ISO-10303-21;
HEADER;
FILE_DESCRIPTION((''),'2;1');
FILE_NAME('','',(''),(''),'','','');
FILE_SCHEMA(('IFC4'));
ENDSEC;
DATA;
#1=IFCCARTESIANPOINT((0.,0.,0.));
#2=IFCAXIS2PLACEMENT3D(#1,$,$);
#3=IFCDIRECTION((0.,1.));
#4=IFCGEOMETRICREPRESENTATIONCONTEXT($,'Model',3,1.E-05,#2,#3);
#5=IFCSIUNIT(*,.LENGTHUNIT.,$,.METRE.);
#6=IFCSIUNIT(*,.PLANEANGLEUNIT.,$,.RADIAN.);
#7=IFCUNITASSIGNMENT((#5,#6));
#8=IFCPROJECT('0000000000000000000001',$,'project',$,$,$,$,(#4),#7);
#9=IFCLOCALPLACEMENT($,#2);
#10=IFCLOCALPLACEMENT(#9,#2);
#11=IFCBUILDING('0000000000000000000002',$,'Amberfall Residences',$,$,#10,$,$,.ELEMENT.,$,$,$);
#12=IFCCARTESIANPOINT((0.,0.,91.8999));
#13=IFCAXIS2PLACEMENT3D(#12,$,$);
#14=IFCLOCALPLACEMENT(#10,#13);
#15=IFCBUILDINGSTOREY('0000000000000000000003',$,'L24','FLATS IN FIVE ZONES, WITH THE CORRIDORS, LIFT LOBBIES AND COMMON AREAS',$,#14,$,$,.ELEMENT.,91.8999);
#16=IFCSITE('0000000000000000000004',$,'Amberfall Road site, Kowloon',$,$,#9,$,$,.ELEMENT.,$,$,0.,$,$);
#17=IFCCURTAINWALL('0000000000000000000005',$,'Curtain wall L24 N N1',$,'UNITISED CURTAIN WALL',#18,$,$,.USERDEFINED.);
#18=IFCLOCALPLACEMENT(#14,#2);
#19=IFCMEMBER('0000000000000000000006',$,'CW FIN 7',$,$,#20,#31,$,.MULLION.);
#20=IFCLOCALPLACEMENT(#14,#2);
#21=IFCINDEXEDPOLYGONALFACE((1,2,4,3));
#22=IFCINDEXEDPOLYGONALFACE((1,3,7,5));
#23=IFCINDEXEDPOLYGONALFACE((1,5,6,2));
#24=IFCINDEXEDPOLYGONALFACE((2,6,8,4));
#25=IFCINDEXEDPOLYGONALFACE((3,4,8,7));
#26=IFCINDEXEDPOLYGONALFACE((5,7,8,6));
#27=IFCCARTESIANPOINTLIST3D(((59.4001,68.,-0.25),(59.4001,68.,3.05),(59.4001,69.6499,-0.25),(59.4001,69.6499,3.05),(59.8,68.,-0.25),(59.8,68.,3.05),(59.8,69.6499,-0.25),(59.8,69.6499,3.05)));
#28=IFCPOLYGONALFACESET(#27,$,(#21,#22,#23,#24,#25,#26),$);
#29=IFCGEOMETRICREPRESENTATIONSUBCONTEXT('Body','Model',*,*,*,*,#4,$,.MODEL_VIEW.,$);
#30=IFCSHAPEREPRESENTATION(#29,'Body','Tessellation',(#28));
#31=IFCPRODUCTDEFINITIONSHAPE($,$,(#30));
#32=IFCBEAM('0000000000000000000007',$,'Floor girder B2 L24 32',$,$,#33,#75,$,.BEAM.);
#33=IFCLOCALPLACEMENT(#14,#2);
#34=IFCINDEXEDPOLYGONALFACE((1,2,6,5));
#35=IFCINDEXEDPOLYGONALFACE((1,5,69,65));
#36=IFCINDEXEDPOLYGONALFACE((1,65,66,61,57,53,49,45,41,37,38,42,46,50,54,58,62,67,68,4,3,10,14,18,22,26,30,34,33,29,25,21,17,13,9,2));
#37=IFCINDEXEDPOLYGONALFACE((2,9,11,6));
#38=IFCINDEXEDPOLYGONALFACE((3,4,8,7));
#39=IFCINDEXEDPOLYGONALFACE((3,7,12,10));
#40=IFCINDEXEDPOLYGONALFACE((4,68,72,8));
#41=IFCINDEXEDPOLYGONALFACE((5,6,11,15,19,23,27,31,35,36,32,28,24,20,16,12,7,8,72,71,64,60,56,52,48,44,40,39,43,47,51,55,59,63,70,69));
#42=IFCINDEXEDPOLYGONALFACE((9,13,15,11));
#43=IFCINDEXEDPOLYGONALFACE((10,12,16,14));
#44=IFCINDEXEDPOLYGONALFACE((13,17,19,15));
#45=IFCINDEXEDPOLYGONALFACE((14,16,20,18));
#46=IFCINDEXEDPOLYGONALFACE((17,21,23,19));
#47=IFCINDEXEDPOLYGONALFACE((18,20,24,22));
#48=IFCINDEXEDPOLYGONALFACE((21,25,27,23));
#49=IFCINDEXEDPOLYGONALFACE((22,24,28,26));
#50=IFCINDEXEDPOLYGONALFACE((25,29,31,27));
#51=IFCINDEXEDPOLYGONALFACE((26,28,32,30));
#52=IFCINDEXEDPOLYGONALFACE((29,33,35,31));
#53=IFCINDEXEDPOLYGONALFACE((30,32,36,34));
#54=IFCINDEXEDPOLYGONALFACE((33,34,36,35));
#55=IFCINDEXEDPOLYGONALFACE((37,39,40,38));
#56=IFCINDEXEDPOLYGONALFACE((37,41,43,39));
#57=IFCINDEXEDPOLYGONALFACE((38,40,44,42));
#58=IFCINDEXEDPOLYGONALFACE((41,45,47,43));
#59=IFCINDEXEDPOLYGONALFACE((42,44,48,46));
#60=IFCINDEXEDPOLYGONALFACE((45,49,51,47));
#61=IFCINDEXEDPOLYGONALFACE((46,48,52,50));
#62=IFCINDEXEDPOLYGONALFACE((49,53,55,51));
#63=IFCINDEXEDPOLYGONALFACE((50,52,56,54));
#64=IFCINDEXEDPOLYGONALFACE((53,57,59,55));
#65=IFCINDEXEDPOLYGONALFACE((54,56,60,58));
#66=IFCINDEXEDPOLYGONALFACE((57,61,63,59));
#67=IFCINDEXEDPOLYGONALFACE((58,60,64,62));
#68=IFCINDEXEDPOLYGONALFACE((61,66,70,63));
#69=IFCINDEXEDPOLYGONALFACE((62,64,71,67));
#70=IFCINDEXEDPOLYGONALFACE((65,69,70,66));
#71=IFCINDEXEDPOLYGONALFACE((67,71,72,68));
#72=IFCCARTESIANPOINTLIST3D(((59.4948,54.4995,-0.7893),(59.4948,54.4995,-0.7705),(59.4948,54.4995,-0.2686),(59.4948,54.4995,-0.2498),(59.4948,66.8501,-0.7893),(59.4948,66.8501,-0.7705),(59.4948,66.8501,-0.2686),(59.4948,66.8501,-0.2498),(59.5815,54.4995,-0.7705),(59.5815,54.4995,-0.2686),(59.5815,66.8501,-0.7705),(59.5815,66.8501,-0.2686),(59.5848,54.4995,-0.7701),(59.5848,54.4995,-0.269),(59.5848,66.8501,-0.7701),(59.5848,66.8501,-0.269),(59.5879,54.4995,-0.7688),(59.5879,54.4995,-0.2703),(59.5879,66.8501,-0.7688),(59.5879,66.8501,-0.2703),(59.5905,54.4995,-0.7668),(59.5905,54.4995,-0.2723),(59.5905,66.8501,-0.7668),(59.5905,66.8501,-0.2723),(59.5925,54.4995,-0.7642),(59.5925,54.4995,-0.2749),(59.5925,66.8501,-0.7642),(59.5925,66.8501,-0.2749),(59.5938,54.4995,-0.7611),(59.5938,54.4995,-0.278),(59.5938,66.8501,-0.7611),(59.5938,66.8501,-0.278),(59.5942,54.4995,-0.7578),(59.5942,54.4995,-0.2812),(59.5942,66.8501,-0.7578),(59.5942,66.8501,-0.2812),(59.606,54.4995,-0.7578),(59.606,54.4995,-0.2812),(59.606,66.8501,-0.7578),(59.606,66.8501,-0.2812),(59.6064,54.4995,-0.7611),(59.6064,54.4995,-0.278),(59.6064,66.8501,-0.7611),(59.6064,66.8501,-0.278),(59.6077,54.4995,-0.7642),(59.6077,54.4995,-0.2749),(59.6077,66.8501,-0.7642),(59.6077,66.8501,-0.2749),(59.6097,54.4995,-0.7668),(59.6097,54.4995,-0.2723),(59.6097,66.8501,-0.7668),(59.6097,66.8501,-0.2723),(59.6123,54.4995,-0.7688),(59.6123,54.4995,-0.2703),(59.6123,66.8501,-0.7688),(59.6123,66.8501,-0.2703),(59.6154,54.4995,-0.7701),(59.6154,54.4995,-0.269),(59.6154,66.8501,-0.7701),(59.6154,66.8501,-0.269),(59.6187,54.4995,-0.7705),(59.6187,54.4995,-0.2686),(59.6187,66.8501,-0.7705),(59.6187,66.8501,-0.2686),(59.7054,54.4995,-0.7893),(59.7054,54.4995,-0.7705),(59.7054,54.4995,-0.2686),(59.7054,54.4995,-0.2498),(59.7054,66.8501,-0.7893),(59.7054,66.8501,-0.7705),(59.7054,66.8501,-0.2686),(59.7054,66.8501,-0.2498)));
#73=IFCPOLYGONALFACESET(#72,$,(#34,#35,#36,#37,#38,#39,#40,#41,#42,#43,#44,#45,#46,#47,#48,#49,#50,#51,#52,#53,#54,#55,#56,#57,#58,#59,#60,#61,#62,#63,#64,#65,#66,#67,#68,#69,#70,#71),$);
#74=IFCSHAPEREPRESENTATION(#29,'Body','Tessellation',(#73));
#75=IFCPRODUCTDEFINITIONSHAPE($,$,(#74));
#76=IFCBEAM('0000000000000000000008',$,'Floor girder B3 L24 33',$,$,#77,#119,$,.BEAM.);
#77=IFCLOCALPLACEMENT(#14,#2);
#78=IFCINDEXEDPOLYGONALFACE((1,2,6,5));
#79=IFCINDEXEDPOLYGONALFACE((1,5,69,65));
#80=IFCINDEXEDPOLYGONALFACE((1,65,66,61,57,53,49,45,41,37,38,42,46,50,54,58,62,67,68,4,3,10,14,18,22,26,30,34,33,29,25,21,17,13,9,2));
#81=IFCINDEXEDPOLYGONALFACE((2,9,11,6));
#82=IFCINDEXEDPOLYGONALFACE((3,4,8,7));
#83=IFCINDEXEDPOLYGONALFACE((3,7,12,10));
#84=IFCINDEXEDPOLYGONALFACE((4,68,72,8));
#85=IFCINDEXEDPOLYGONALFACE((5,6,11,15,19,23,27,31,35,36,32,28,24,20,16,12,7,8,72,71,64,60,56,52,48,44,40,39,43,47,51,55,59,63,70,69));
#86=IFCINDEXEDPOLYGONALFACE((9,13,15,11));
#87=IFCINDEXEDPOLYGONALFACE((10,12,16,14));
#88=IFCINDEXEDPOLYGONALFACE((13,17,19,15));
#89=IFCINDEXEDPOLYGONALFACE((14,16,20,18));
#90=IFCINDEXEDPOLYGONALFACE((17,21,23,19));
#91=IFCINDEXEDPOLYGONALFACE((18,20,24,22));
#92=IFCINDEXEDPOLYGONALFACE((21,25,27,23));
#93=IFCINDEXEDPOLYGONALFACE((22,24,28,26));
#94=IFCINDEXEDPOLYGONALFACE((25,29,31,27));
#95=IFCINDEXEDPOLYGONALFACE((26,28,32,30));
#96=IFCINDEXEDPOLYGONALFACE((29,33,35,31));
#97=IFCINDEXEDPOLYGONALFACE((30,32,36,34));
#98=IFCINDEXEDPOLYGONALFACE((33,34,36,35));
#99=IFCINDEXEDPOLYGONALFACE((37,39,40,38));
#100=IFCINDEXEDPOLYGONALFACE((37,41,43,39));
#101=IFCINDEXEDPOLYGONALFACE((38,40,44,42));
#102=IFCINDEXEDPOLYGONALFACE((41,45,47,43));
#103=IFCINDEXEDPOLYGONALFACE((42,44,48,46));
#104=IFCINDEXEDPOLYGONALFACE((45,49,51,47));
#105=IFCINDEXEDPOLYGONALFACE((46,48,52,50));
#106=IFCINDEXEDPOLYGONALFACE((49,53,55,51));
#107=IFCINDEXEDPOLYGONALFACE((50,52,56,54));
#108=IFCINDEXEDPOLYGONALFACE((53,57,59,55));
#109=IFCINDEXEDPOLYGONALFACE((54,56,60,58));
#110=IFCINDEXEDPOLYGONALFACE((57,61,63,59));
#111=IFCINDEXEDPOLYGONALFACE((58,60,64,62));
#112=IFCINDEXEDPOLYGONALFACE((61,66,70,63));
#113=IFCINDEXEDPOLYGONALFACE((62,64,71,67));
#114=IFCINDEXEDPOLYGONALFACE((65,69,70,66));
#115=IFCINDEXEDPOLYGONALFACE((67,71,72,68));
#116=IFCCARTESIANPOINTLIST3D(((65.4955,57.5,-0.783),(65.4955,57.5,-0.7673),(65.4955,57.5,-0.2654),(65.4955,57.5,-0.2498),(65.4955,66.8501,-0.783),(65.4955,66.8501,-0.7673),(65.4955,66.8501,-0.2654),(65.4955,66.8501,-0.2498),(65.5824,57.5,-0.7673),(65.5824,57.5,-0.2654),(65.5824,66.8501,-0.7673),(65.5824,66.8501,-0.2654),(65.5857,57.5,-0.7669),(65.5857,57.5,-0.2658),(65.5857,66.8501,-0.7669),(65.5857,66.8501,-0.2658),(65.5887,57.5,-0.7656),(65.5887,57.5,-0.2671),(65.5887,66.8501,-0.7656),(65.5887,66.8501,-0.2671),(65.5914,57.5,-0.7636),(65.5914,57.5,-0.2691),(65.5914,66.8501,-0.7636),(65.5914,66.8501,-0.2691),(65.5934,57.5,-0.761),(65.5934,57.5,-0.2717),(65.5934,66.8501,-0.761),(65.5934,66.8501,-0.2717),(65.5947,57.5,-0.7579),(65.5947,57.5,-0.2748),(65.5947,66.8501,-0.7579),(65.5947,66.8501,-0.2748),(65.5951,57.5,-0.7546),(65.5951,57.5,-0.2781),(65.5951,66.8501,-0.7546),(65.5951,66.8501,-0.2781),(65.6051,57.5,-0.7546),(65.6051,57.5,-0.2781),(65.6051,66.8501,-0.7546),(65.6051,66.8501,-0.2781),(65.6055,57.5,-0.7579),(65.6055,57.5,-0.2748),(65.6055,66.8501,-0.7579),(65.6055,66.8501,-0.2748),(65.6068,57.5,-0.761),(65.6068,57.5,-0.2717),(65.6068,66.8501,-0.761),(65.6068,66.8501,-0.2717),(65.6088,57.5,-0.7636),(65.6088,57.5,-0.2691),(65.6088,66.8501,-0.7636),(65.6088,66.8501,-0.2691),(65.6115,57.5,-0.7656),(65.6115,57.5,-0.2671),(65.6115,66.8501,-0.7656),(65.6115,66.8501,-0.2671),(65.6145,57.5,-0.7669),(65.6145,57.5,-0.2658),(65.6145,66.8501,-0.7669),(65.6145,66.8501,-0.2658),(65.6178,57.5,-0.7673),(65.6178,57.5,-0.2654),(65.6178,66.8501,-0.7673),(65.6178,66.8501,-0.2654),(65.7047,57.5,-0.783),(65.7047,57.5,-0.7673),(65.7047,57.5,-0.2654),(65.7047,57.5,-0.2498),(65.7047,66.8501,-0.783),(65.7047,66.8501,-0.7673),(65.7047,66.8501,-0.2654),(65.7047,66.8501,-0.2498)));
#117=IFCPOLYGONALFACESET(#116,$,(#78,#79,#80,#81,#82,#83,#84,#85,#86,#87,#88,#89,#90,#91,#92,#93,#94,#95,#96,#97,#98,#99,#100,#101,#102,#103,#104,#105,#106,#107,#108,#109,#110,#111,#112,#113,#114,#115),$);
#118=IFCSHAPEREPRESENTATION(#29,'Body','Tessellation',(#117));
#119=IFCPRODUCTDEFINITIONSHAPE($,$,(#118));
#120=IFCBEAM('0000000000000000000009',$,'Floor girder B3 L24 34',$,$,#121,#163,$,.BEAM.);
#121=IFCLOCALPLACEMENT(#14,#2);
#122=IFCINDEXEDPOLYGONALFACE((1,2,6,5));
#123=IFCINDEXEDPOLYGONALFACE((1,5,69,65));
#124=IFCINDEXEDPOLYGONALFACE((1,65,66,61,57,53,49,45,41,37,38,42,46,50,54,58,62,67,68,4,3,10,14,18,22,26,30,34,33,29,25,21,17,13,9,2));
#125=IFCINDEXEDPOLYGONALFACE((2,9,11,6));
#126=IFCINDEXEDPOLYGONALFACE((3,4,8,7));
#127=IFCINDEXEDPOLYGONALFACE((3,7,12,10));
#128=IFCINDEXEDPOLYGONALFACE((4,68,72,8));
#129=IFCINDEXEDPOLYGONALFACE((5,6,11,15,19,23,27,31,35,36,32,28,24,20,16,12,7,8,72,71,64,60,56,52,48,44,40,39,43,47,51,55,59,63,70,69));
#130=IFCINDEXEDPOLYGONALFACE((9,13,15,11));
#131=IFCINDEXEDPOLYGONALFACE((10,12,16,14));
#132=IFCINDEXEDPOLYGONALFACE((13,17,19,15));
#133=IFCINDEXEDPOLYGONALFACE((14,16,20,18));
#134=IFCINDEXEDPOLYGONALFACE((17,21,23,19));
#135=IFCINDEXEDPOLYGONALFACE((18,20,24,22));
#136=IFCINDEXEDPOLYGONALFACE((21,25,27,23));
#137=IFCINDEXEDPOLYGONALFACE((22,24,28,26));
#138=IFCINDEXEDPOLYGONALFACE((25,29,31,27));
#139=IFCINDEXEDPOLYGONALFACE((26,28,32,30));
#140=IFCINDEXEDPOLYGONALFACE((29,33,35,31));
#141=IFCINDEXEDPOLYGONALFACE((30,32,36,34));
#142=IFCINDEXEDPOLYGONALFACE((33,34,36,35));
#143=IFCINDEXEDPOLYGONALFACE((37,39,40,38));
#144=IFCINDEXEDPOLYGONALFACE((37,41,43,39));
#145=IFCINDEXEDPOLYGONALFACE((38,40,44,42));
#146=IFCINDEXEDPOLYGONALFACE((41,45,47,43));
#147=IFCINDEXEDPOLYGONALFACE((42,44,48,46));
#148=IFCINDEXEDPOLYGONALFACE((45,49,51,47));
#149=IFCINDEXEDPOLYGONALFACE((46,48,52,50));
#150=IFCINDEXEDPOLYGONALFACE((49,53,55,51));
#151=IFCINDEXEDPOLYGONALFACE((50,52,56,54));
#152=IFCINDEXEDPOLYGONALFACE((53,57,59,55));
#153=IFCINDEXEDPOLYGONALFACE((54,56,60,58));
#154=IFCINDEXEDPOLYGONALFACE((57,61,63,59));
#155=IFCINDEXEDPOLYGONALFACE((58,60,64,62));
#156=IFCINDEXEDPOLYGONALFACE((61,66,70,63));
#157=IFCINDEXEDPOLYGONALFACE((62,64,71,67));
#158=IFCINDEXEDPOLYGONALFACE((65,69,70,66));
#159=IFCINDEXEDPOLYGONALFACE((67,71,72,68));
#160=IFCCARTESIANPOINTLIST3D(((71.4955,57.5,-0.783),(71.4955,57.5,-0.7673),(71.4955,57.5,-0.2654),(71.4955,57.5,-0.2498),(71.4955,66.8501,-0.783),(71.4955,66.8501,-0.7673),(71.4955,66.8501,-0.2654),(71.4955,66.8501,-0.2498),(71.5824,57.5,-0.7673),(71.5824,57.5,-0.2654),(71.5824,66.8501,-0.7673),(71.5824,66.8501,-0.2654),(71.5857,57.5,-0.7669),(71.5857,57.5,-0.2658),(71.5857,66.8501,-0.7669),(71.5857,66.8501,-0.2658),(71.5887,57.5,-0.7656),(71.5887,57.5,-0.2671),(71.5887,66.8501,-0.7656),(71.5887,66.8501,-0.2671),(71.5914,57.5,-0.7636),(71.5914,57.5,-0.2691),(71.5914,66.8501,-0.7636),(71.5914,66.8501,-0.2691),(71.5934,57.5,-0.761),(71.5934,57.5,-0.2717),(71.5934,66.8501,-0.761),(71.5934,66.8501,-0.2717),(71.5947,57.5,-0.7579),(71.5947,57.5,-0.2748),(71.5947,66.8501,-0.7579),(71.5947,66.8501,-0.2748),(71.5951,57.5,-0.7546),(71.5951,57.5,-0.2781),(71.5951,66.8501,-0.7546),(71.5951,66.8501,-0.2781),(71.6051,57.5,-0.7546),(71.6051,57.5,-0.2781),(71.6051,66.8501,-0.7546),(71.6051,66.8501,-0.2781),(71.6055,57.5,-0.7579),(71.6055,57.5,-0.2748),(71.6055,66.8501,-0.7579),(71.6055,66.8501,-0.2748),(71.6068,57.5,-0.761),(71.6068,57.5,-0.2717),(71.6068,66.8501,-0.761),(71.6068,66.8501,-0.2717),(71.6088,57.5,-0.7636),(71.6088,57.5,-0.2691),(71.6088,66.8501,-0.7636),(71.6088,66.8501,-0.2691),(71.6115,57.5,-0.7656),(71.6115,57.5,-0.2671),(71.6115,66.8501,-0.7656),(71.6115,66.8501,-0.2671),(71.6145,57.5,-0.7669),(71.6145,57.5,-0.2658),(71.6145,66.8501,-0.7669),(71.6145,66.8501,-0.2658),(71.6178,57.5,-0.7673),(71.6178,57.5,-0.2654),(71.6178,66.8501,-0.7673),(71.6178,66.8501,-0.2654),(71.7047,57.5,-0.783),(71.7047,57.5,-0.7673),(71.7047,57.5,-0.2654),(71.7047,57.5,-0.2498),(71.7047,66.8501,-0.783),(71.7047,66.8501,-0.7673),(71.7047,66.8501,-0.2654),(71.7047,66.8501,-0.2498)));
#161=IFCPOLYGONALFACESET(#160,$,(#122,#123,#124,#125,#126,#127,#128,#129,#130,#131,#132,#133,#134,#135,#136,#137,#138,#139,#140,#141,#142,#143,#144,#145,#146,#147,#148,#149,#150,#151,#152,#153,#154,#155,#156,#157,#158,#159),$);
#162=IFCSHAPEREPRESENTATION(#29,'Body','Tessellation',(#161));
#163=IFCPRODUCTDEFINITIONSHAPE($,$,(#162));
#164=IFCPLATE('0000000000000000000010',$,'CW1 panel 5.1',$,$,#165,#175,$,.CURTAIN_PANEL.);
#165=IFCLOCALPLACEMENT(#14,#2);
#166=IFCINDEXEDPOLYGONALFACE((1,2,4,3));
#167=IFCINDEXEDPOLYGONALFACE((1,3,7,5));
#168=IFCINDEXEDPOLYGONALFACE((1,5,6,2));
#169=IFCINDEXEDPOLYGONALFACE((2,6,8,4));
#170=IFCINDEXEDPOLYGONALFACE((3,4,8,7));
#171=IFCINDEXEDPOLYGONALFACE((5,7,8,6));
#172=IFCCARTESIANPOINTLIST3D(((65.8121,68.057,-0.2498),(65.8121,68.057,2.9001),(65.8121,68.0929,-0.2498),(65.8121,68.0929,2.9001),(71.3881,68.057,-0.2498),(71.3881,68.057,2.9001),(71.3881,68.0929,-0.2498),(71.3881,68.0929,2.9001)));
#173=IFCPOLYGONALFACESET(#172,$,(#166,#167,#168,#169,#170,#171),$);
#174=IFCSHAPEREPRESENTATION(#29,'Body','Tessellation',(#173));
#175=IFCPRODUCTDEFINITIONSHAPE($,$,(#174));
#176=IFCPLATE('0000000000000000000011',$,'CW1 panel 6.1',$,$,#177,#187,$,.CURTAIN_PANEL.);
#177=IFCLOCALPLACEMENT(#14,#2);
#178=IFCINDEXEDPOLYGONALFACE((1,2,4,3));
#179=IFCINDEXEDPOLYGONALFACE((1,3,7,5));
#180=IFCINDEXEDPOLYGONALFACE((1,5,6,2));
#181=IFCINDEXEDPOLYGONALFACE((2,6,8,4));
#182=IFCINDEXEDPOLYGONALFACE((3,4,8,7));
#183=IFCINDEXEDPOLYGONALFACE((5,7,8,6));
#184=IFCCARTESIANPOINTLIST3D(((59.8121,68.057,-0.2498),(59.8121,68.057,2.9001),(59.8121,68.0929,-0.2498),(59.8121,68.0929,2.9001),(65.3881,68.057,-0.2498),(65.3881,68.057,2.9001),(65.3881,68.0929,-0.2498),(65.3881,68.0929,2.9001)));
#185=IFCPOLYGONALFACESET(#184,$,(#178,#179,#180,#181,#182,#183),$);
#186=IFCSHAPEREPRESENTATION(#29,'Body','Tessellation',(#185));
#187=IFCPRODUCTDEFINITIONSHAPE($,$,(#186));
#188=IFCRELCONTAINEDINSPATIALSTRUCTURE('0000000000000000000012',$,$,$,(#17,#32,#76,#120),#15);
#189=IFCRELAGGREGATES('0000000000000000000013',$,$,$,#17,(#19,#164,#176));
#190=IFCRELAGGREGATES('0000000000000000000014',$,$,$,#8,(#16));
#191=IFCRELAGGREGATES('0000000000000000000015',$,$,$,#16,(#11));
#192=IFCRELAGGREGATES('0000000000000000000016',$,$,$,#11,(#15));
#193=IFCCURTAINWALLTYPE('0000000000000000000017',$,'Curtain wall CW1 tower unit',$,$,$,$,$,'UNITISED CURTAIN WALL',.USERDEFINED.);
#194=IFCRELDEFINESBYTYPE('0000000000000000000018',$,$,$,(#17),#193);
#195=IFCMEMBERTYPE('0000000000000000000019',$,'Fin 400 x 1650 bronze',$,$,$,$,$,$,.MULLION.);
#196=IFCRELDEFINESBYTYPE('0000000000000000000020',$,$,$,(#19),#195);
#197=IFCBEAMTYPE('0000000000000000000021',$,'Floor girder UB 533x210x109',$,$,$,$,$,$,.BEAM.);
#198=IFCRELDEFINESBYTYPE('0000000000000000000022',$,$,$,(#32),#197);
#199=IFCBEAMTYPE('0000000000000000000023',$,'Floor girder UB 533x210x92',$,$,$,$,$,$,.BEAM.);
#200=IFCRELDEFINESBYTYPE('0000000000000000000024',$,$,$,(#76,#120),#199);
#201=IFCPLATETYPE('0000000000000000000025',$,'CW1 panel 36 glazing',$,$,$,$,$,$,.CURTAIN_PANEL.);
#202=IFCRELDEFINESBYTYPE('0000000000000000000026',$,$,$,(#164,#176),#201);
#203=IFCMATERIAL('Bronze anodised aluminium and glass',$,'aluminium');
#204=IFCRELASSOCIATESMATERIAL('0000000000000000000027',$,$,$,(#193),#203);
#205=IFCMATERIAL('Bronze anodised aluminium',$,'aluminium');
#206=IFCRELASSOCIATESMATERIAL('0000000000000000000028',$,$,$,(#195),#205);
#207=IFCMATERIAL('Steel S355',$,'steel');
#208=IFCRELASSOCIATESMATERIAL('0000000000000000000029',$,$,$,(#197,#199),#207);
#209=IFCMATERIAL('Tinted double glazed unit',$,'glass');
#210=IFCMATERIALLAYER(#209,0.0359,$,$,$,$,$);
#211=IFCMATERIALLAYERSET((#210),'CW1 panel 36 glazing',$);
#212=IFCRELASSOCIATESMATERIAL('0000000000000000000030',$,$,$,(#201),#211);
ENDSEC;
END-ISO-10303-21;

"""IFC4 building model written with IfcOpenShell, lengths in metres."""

from ifc_helpers import new_model, si_unit, direction, frame, origin, origin_2d, place, context, subcontext, project, spatial, rectangle, i_section, extrude, material, layer, layer_set, material_profile, profile_set, type_object, element, aggregate, save


model = new_model("IFC4")

# Units and contexts
model_context = context("Model", 3, precision=1e-05, world=origin(), true_north=direction((0.0, 1.0)))
body_context = subcontext(model_context, "Body", "Model", "MODEL_VIEW")
ifc_project = project(units=[si_unit("LENGTHUNIT", "METRE"), si_unit("PLANEANGLEUNIT", "RADIAN")], contexts=[model_context])

# Site, building, storey
site_placement = place(None, origin())
site = spatial("IfcSite", under=ifc_project, at=site_placement, Name="Amberfall Road site, Kowloon", CompositionType="ELEMENT", RefElevation=0.0)
building_placement = place(site_placement, origin())
building = spatial("IfcBuilding", under=site, at=building_placement, Name="Amberfall Residences", CompositionType="ELEMENT")
storey_placement = place(building_placement, frame((0.0, 0.0, 91.8999)))
storey = spatial("IfcBuildingStorey", under=building, at=storey_placement, Name="L24", Description="FLATS IN FIVE ZONES, WITH THE CORRIDORS, LIFT LOBBIES AND COMMON AREAS", CompositionType="ELEMENT", Elevation=91.8999)

# Curtain wall
ifc_material_1 = material(Name="Bronze anodised aluminium and glass", Category="aluminium")
curtain_wall_type = type_object("IfcCurtainWallType", Name="Curtain wall CW1 tower unit", ElementType="UNITISED CURTAIN WALL", PredefinedType="USERDEFINED", material=ifc_material_1)
curtain_wall_placement = place(storey_placement, origin())
curtain_wall = element("IfcCurtainWall", 1, at=curtain_wall_placement, inside=storey, type_object=curtain_wall_type, Name="Curtain wall L24 N N1", ObjectType="UNITISED CURTAIN WALL", PredefinedType="USERDEFINED")
ifc_material_2 = material(Name="Bronze anodised aluminium", Category="aluminium")

# Shared definitions
ifc_material_3 = material(Name="Steel S355", Category="steel")

# Member
ifc_material_profile_1 = material_profile(ifc_material_2, rectangle(XDim=1.6499, YDim=0.3999, at=origin_2d()), Name="Fin 400 x 1650 bronze")
ifc_profile_set_1 = profile_set([ifc_material_profile_1], Name="Bronze anodised aluminium")
member_type_1 = type_object("IfcMemberType", Name="Fin 400 x 1650 bronze", PredefinedType="MULLION", material=ifc_profile_set_1)
member_1_placement = place(storey_placement, frame((59.6001, 68.825, -0.25), z_axis=(0.0, 0.0, 1.0), x_axis=(0.0, -1.0, 0.0)))
member_1 = element("IfcMember", 2, at=member_1_placement, type_object=member_type_1, Name="CW FIN 7", PredefinedType="MULLION", context=body_context, shape_type="SweptSolid", body=[
    extrude(rectangle(XDim=1.6499, YDim=0.3999, at=origin_2d()), origin(), (0.0, 0.0, 1.0), 3.3),
])

# Beams
ifc_material_profile_2 = material_profile(ifc_material_3, i_section(OverallWidth=0.2107, OverallDepth=0.5396, WebThickness=0.0117, FlangeThickness=0.0188, FilletRadius=0.0127, at=origin_2d()), Name="UB 533x210x109")
ifc_profile_set_2 = profile_set([ifc_material_profile_2], Name="Steel S355")
beam_type_1 = type_object("IfcBeamType", Name="Floor girder UB 533x210x109", PredefinedType="BEAM", material=ifc_profile_set_2)
beam_placement = place(storey_placement, frame((59.6001, 66.8501, -0.5195), z_axis=(0.0, -1.0, 0.0), x_axis=(1.0, 0.0, 0.0)))
element("IfcBeam", 3, at=beam_placement, inside=storey, type_object=beam_type_1, Name="Floor girder B2 L24 32", PredefinedType="BEAM", context=body_context, shape_type="SweptSolid", body=[
    extrude(i_section(OverallWidth=0.2107, OverallDepth=0.5396, WebThickness=0.0117, FlangeThickness=0.0188, FilletRadius=0.0127, at=origin_2d()), origin(), (0.0, 0.0, 1.0), 12.3506),
])
ifc_material_profile_3 = material_profile(ifc_material_3, i_section(OverallWidth=0.2092, OverallDepth=0.5332, WebThickness=0.01, FlangeThickness=0.0156, FilletRadius=0.0127, at=origin_2d()), Name="UB 533x210x92")
ifc_profile_set_3 = profile_set([ifc_material_profile_3], Name="Steel S355")
beam_type_2 = type_object("IfcBeamType", Name="Floor girder UB 533x210x92", PredefinedType="BEAM", material=ifc_profile_set_3)
for number, where, z_axis, x_axis, name in (
    (4, (65.6001, 66.8501, -0.5164), (0.0, -1.0, 0.0), (1.0, 0.0, 0.0), "Floor girder B3 L24 33"),
    (5, (71.6001, 66.8501, -0.5164), (0.0, -1.0, 0.0), (1.0, 0.0, 0.0), "Floor girder B3 L24 34"),
):
    element("IfcBeam", number, at=place(storey_placement, frame(where, z_axis=z_axis, x_axis=x_axis)), inside=storey, type_object=beam_type_2, Name=name, PredefinedType="BEAM", context=body_context, shape_type="SweptSolid", body=[
        extrude(i_section(OverallWidth=0.2092, OverallDepth=0.5332, WebThickness=0.01, FlangeThickness=0.0156, FilletRadius=0.0127, at=origin_2d()), origin(), (0.0, 0.0, 1.0), 9.3501),
    ])

# Plates
ifc_material_4 = material(Name="Tinted double glazed unit", Category="glass")
ifc_layer_1 = layer(ifc_material_4, 0.0359)
ifc_layer_set_1 = layer_set([ifc_layer_1], Name="CW1 panel 36 glazing")
plate_type = type_object("IfcPlateType", Name="CW1 panel 36 glazing", PredefinedType="CURTAIN_PANEL", material=ifc_layer_set_1)
plate_1_placement = place(storey_placement, frame((68.6001, 68.075, -0.2498), z_axis=(0.0, 0.0, 1.0), x_axis=(-1.0, 0.0, 0.0)))
plate_1 = element("IfcPlate", 6, at=plate_1_placement, type_object=plate_type, Name="CW1 panel 5.1", PredefinedType="CURTAIN_PANEL", context=body_context, shape_type="SweptSolid", body=[
    extrude(rectangle(XDim=5.5759, YDim=0.0359, at=origin_2d()), origin(), (0.0, 0.0, 1.0), 3.1499),
])
plate_2_placement = place(storey_placement, frame((62.6001, 68.075, -0.2498), z_axis=(0.0, 0.0, 1.0), x_axis=(-1.0, 0.0, 0.0)))
plate_2 = element("IfcPlate", 7, at=plate_2_placement, type_object=plate_type, Name="CW1 panel 6.1", PredefinedType="CURTAIN_PANEL", context=body_context, shape_type="SweptSolid", body=[
    extrude(rectangle(XDim=5.5759, YDim=0.0359, at=origin_2d()), origin(), (0.0, 0.0, 1.0), 3.1499),
])
aggregate(curtain_wall, [member_1, plate_1, plate_2])

save(model, "model.ifc")
